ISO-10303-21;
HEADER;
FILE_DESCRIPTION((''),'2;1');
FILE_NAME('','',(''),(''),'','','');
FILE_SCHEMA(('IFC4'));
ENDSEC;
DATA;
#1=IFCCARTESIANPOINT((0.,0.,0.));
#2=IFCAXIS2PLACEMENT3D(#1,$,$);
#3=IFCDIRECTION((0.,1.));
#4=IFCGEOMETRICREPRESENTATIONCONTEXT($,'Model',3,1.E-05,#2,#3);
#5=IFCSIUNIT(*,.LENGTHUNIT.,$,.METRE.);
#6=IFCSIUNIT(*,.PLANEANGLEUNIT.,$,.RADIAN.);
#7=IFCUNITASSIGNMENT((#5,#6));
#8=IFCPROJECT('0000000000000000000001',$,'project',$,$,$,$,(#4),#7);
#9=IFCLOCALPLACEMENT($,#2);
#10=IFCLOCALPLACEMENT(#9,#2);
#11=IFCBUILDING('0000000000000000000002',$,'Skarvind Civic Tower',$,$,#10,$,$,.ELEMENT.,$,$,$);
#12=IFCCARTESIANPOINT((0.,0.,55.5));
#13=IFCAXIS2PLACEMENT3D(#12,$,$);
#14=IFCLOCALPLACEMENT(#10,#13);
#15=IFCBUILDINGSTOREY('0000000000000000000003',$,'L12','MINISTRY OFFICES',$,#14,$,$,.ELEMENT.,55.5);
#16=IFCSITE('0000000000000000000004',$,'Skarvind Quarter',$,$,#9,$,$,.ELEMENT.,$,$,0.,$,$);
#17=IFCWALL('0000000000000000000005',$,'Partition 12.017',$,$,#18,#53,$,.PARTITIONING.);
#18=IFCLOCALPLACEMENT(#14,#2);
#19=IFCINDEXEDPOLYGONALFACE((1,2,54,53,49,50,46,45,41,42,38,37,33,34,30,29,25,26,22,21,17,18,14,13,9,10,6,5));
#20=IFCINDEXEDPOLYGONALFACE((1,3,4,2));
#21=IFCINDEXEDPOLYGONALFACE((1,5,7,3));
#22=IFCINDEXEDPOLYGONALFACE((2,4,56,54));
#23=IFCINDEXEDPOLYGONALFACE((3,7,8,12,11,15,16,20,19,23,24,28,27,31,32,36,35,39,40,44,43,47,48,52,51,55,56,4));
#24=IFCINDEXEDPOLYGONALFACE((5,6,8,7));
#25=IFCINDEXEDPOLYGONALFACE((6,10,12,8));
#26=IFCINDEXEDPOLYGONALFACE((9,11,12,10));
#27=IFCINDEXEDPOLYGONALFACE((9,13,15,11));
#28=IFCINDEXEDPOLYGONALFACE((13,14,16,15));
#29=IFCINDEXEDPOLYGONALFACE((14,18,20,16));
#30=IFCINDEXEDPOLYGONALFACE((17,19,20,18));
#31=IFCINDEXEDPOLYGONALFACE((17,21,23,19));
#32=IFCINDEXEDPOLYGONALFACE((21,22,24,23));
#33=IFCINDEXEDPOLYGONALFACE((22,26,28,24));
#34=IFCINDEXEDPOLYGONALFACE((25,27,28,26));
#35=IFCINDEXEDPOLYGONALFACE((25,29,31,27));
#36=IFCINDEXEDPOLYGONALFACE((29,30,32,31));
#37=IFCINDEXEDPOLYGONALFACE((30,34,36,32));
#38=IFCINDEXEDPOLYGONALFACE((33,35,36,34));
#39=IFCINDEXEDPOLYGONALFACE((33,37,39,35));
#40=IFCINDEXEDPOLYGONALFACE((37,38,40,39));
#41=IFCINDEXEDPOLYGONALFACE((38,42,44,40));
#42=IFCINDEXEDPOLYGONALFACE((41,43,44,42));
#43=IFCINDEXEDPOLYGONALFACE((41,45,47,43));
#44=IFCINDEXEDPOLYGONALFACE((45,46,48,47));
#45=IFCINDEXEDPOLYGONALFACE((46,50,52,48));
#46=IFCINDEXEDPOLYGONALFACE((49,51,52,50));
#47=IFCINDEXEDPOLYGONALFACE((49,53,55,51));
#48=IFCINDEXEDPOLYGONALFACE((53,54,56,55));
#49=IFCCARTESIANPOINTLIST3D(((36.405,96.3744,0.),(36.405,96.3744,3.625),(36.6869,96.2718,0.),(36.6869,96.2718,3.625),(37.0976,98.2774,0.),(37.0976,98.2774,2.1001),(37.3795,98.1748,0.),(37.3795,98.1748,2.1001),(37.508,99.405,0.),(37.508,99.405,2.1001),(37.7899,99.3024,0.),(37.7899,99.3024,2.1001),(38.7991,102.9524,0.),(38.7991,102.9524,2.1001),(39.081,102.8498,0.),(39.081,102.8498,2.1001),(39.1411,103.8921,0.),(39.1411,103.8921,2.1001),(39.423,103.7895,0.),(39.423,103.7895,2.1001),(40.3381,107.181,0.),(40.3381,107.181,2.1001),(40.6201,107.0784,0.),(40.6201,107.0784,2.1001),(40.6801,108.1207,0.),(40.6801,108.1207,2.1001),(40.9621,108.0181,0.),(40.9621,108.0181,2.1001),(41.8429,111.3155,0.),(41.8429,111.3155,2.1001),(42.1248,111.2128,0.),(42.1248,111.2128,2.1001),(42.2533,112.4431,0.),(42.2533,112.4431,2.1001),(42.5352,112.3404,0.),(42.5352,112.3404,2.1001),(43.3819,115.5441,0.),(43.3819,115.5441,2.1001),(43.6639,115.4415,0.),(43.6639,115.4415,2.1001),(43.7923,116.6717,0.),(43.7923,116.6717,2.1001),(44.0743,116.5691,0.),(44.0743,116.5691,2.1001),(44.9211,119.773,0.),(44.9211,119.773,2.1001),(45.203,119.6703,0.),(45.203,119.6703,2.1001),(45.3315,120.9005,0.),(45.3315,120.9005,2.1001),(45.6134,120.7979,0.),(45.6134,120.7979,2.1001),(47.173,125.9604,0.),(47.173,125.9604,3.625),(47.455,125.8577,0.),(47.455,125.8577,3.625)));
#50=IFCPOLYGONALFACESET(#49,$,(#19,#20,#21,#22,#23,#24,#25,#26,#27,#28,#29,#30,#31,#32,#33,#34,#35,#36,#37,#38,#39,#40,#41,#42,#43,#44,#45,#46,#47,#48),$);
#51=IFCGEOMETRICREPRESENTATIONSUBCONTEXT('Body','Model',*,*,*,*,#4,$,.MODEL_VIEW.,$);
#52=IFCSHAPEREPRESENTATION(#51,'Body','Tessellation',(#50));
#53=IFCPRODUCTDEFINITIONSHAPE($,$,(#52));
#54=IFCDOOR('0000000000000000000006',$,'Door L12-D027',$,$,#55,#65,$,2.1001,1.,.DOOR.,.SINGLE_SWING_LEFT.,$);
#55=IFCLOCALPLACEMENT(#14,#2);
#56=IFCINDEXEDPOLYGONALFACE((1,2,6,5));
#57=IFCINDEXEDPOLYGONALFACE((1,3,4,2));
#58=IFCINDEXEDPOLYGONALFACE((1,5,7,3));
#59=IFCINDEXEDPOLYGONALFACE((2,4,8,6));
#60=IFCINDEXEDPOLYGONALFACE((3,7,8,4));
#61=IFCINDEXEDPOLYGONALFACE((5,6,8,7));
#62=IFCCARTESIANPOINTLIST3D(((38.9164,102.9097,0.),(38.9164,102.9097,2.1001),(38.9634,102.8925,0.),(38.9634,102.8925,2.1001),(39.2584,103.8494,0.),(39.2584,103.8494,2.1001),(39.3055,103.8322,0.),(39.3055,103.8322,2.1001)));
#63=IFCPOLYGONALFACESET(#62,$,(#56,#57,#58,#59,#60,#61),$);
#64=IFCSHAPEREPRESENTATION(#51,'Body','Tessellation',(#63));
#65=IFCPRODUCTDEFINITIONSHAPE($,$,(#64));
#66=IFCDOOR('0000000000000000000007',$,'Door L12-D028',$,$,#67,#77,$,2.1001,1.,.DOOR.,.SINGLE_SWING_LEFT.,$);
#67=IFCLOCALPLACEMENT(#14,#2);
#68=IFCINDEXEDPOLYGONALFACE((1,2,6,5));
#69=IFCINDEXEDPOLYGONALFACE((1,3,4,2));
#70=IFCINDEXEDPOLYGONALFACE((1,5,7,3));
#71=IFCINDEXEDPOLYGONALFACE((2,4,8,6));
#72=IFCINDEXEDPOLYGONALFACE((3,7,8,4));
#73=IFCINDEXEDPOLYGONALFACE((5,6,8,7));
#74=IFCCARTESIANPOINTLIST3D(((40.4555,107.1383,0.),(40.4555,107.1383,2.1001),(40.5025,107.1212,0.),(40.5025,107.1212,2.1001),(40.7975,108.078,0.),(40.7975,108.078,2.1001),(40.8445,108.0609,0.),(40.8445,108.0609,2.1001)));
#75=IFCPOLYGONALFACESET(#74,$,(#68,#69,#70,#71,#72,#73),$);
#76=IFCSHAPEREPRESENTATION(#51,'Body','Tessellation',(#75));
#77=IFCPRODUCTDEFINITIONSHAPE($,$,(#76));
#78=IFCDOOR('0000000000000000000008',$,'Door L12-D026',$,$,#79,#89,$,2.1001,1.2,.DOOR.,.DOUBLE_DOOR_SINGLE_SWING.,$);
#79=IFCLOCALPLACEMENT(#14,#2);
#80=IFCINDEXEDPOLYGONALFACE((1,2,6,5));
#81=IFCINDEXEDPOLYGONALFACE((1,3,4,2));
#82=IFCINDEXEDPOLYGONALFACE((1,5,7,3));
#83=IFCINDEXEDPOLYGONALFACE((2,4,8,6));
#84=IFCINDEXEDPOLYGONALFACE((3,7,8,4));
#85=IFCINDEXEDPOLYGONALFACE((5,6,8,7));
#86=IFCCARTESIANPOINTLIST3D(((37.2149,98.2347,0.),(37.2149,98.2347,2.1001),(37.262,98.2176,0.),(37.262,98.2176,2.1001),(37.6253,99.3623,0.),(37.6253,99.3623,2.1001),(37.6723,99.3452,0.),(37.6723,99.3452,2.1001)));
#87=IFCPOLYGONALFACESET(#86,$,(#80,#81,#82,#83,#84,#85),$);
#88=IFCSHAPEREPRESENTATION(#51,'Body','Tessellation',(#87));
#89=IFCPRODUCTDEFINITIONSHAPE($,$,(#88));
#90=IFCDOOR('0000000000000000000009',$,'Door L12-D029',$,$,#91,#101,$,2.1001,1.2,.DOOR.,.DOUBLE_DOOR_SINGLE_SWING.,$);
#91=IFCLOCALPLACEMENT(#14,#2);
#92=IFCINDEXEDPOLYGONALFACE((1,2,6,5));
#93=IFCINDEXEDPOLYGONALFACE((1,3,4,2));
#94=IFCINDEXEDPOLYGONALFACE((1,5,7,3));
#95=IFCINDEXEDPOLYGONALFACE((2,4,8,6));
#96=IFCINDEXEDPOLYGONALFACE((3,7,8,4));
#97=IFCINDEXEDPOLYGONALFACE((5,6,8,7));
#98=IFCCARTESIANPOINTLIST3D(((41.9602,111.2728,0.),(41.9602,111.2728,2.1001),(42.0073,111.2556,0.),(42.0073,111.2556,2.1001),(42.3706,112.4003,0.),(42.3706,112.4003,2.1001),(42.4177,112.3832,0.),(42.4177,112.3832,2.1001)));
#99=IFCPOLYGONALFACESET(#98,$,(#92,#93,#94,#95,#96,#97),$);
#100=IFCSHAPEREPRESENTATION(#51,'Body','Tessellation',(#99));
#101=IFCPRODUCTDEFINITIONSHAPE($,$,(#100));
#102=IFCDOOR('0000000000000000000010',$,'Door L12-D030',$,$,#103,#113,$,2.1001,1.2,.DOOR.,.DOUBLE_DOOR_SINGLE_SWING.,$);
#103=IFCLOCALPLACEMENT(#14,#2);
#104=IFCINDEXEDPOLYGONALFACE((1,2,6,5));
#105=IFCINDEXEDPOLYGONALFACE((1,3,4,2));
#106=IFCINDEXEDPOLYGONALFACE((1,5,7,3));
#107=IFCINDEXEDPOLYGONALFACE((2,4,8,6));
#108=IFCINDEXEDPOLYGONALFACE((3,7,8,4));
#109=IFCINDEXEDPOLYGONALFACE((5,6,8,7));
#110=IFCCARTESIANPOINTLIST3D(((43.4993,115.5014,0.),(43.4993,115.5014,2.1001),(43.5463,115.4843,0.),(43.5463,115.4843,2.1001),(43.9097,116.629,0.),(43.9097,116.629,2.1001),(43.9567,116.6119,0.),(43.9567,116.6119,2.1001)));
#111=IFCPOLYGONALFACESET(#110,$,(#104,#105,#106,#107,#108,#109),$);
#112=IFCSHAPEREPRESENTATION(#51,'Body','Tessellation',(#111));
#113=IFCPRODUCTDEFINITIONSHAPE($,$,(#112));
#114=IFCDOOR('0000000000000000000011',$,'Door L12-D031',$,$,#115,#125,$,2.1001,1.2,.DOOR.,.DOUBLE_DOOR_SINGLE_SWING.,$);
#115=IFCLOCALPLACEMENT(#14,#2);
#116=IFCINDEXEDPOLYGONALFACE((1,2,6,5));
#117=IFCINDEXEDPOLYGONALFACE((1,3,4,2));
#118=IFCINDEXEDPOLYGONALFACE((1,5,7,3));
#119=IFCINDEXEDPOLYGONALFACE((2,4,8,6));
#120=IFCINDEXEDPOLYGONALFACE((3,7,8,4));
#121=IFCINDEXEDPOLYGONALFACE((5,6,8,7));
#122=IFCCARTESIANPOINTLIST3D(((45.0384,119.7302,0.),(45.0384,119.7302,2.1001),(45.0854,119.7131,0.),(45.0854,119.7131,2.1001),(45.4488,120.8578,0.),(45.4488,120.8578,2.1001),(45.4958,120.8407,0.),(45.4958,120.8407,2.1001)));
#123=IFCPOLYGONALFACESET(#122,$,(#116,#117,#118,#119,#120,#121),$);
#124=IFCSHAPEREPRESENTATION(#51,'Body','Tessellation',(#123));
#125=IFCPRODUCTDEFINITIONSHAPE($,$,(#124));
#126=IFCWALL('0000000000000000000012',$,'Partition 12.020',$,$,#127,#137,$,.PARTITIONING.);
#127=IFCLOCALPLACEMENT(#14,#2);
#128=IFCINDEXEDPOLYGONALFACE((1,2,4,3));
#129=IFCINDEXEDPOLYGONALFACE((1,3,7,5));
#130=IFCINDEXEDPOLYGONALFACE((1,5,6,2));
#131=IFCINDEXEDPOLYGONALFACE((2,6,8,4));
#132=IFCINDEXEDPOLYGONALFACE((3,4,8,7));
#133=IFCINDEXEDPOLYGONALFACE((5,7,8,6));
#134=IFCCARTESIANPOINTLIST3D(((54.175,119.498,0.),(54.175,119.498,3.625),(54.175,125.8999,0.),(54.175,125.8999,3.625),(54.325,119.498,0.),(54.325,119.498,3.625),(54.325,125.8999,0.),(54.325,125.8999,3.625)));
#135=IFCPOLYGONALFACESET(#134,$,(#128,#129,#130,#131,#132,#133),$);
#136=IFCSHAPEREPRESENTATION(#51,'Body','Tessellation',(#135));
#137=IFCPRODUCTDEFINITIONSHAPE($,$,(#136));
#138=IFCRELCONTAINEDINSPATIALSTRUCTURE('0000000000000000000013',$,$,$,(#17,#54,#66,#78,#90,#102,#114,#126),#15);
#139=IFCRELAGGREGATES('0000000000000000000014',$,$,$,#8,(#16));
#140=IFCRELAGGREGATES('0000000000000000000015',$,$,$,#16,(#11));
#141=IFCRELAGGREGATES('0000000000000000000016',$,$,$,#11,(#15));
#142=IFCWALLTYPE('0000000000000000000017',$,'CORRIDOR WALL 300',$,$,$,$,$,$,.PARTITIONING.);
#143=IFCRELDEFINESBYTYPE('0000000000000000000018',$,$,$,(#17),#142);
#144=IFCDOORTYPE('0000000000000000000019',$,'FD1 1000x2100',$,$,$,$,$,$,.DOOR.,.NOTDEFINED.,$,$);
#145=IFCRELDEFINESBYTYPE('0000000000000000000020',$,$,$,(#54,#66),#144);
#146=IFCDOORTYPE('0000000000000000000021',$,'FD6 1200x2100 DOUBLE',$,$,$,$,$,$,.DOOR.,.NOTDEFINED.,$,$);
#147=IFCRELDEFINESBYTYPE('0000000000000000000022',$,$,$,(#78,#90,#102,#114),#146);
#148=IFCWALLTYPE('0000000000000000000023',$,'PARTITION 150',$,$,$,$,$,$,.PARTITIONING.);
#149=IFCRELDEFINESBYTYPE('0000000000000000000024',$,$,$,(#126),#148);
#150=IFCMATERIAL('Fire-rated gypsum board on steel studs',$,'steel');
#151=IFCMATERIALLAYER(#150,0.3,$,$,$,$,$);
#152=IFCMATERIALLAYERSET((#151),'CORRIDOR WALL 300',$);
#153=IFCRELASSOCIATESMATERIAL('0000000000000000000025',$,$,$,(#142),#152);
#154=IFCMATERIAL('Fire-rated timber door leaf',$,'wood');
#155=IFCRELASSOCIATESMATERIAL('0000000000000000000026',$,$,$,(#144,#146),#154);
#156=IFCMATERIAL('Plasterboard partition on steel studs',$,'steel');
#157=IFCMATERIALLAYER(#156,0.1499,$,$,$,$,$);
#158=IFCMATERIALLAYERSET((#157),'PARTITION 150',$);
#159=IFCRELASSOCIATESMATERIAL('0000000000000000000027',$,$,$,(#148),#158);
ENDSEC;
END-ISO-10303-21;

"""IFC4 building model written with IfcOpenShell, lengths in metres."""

from ifc_helpers import new_model, si_unit, direction, frame, frame_2d, origin, place, context, subcontext, project, spatial, rectangle, extrude, material, layer, layer_set, type_object, element, fill, save


model = new_model("IFC4")

# Units and contexts
model_context = context("Model", 3, precision=1e-05, world=origin(), true_north=direction((0.0, 1.0)))
body_context = subcontext(model_context, "Body", "Model", "MODEL_VIEW")
ifc_project = project(units=[si_unit("LENGTHUNIT", "METRE"), si_unit("PLANEANGLEUNIT", "RADIAN")], contexts=[model_context])

# Site, building, storey
site_placement = place(None, origin())
site = spatial("IfcSite", under=ifc_project, at=site_placement, Name="Skarvind Quarter", CompositionType="ELEMENT", RefElevation=0.0)
building_placement = place(site_placement, origin())
building = spatial("IfcBuilding", under=site, at=building_placement, Name="Skarvind Civic Tower", CompositionType="ELEMENT")
storey_placement = place(building_placement, frame((0.0, 0.0, 55.5)))
storey = spatial("IfcBuildingStorey", under=building, at=storey_placement, Name="L12", Description="MINISTRY OFFICES", CompositionType="ELEMENT", Elevation=55.5)

# Wall, openings, doors
ifc_material_1 = material(Name="Fire-rated gypsum board on steel studs", Category="steel")
ifc_layer_1 = layer(ifc_material_1, 0.3)
ifc_layer_set_1 = layer_set([ifc_layer_1], Name="CORRIDOR WALL 300")
wall_type_1 = type_object("IfcWallType", Name="CORRIDOR WALL 300", PredefinedType="PARTITIONING", material=ifc_layer_set_1)
wall_1_placement = place(storey_placement, frame((47.314, 125.9089, 0.0), z_axis=(0.0, 0.0, 1.0), x_axis=(-0.342011, -0.939696, 0.0)))
wall_1 = element("IfcWall", 1, at=wall_1_placement, inside=storey, type_object=wall_type_1, Name="Partition 12.017", PredefinedType="PARTITIONING", context=body_context, shape_type="SweptSolid", body=[
    extrude(rectangle(XDim=31.4846, YDim=0.3, at=frame_2d((15.7422, 0.0))), origin(), (0.0, 0.0, 1.0), 3.625),
])
opening_1_placement = place(wall_1_placement, frame((28.2593, 0.0, 0.0)))
opening_1 = element("IfcOpeningElement", 2, at=opening_1_placement, cuts=wall_1, PredefinedType="OPENING", context=body_context, shape_type="SweptSolid", body=[
    extrude(rectangle(XDim=1.2, YDim=2.1001, at=frame_2d((0.6001, 1.05))), frame((0.0, 0.1599, 0.0), z_axis=(0.0, -1.0, 0.0), x_axis=(1.0, 0.0, 0.0)), (0.0, 0.0, 1.0), 0.3201),
])
opening_2_placement = place(wall_1_placement, frame((23.4844, 0.0, 0.0)))
opening_2 = element("IfcOpeningElement", 3, at=opening_2_placement, cuts=wall_1, PredefinedType="OPENING", context=body_context, shape_type="SweptSolid", body=[
    extrude(rectangle(XDim=1.0, YDim=2.1001, at=frame_2d((0.5, 1.05))), frame((0.0, 0.1599, 0.0), z_axis=(0.0, -1.0, 0.0), x_axis=(1.0, 0.0, 0.0)), (0.0, 0.0, 1.0), 0.3201),
])
opening_3_placement = place(wall_1_placement, frame((18.9844, 0.0, 0.0)))
opening_3 = element("IfcOpeningElement", 4, at=opening_3_placement, cuts=wall_1, PredefinedType="OPENING", context=body_context, shape_type="SweptSolid", body=[
    extrude(rectangle(XDim=1.0, YDim=2.1001, at=frame_2d((0.5, 1.05))), frame((0.0, 0.1599, 0.0), z_axis=(0.0, -1.0, 0.0), x_axis=(1.0, 0.0, 0.0)), (0.0, 0.0, 1.0), 0.3201),
])
opening_4_placement = place(wall_1_placement, frame((14.3845, 0.0, 0.0)))
opening_4 = element("IfcOpeningElement", 5, at=opening_4_placement, cuts=wall_1, PredefinedType="OPENING", context=body_context, shape_type="SweptSolid", body=[
    extrude(rectangle(XDim=1.2, YDim=2.1001, at=frame_2d((0.6001, 1.05))), frame((0.0, 0.1599, 0.0), z_axis=(0.0, -1.0, 0.0), x_axis=(1.0, 0.0, 0.0)), (0.0, 0.0, 1.0), 0.3201),
])
opening_5_placement = place(wall_1_placement, frame((9.8845, 0.0, 0.0)))
opening_5 = element("IfcOpeningElement", 6, at=opening_5_placement, cuts=wall_1, PredefinedType="OPENING", context=body_context, shape_type="SweptSolid", body=[
    extrude(rectangle(XDim=1.2, YDim=2.1001, at=frame_2d((0.6001, 1.05))), frame((0.0, 0.1599, 0.0), z_axis=(0.0, -1.0, 0.0), x_axis=(1.0, 0.0, 0.0)), (0.0, 0.0, 1.0), 0.3201),
])
opening_6_placement = place(wall_1_placement, frame((5.3843, 0.0, 0.0)))
opening_6 = element("IfcOpeningElement", 7, at=opening_6_placement, cuts=wall_1, PredefinedType="OPENING", context=body_context, shape_type="SweptSolid", body=[
    extrude(rectangle(XDim=1.2, YDim=2.1001, at=frame_2d((0.6001, 1.05))), frame((0.0, 0.1599, 0.0), z_axis=(0.0, -1.0, 0.0), x_axis=(1.0, 0.0, 0.0)), (0.0, 0.0, 1.0), 0.3201),
])
ifc_material_2 = material(Name="Fire-rated timber door leaf", Category="wood")
door_type_1 = type_object("IfcDoorType", Name="FD1 1000x2100", OperationType="NOTDEFINED", PredefinedType="DOOR", material=ifc_material_2)
door_1_placement = place(opening_2_placement, origin())
door_1 = element("IfcDoor", 8, at=door_1_placement, inside=storey, type_object=door_type_1, Name="Door L12-D027", OperationType="SINGLE_SWING_LEFT", OverallHeight=2.1001, OverallWidth=1.0, PredefinedType="DOOR", context=body_context, shape_type="SweptSolid", body=[
    extrude(rectangle(XDim=1.0, YDim=2.1001, at=frame_2d((0.5, 1.05))), frame((0.0, 0.0249, 0.0), z_axis=(0.0, -1.0, 0.0), x_axis=(1.0, 0.0, 0.0)), (0.0, 0.0, 1.0), 0.05),
])
fill(opening_2, door_1)
door_2_placement = place(opening_3_placement, origin())
door_2 = element("IfcDoor", 9, at=door_2_placement, inside=storey, type_object=door_type_1, Name="Door L12-D028", OperationType="SINGLE_SWING_LEFT", OverallHeight=2.1001, OverallWidth=1.0, PredefinedType="DOOR", context=body_context, shape_type="SweptSolid", body=[
    extrude(rectangle(XDim=1.0, YDim=2.1001, at=frame_2d((0.5, 1.05))), frame((0.0, 0.0249, 0.0), z_axis=(0.0, -1.0, 0.0), x_axis=(1.0, 0.0, 0.0)), (0.0, 0.0, 1.0), 0.05),
])
fill(opening_3, door_2)
door_type_2 = type_object("IfcDoorType", Name="FD6 1200x2100 DOUBLE", OperationType="NOTDEFINED", PredefinedType="DOOR", material=ifc_material_2)
door_3_placement = place(opening_1_placement, origin())
door_3 = element("IfcDoor", 10, at=door_3_placement, inside=storey, type_object=door_type_2, Name="Door L12-D026", OperationType="DOUBLE_DOOR_SINGLE_SWING", OverallHeight=2.1001, OverallWidth=1.2, PredefinedType="DOOR", context=body_context, shape_type="SweptSolid", body=[
    extrude(rectangle(XDim=1.2, YDim=2.1001, at=frame_2d((0.6001, 1.05))), frame((0.0, 0.0249, 0.0), z_axis=(0.0, -1.0, 0.0), x_axis=(1.0, 0.0, 0.0)), (0.0, 0.0, 1.0), 0.05),
])
fill(opening_1, door_3)
door_4_placement = place(opening_4_placement, origin())
door_4 = element("IfcDoor", 11, at=door_4_placement, inside=storey, type_object=door_type_2, Name="Door L12-D029", OperationType="DOUBLE_DOOR_SINGLE_SWING", OverallHeight=2.1001, OverallWidth=1.2, PredefinedType="DOOR", context=body_context, shape_type="SweptSolid", body=[
    extrude(rectangle(XDim=1.2, YDim=2.1001, at=frame_2d((0.6001, 1.05))), frame((0.0, 0.0249, 0.0), z_axis=(0.0, -1.0, 0.0), x_axis=(1.0, 0.0, 0.0)), (0.0, 0.0, 1.0), 0.05),
])
fill(opening_4, door_4)
door_5_placement = place(opening_5_placement, origin())
door_5 = element("IfcDoor", 12, at=door_5_placement, inside=storey, type_object=door_type_2, Name="Door L12-D030", OperationType="DOUBLE_DOOR_SINGLE_SWING", OverallHeight=2.1001, OverallWidth=1.2, PredefinedType="DOOR", context=body_context, shape_type="SweptSolid", body=[
    extrude(rectangle(XDim=1.2, YDim=2.1001, at=frame_2d((0.6001, 1.05))), frame((0.0, 0.0249, 0.0), z_axis=(0.0, -1.0, 0.0), x_axis=(1.0, 0.0, 0.0)), (0.0, 0.0, 1.0), 0.05),
])
fill(opening_5, door_5)
door_6_placement = place(opening_6_placement, origin())
door_6 = element("IfcDoor", 13, at=door_6_placement, inside=storey, type_object=door_type_2, Name="Door L12-D031", OperationType="DOUBLE_DOOR_SINGLE_SWING", OverallHeight=2.1001, OverallWidth=1.2, PredefinedType="DOOR", context=body_context, shape_type="SweptSolid", body=[
    extrude(rectangle(XDim=1.2, YDim=2.1001, at=frame_2d((0.6001, 1.05))), frame((0.0, 0.0249, 0.0), z_axis=(0.0, -1.0, 0.0), x_axis=(1.0, 0.0, 0.0)), (0.0, 0.0, 1.0), 0.05),
])
fill(opening_6, door_6)

# Wall
ifc_material_3 = material(Name="Plasterboard partition on steel studs", Category="steel")
ifc_layer_2 = layer(ifc_material_3, 0.1499)
ifc_layer_set_2 = layer_set([ifc_layer_2], Name="PARTITION 150")
wall_type_2 = type_object("IfcWallType", Name="PARTITION 150", PredefinedType="PARTITIONING", material=ifc_layer_set_2)
wall_2_placement = place(storey_placement, frame((54.25, 119.498, 0.0), z_axis=(0.0, 0.0, 1.0), x_axis=(0.0, 1.0, 0.0)))
element("IfcWall", 14, at=wall_2_placement, inside=storey, type_object=wall_type_2, Name="Partition 12.020", PredefinedType="PARTITIONING", context=body_context, shape_type="SweptSolid", body=[
    extrude(rectangle(XDim=6.4019, YDim=0.1499, at=frame_2d((3.2009, 0.0))), origin(), (0.0, 0.0, 1.0), 3.625),
])

save(model, "model.ifc")
